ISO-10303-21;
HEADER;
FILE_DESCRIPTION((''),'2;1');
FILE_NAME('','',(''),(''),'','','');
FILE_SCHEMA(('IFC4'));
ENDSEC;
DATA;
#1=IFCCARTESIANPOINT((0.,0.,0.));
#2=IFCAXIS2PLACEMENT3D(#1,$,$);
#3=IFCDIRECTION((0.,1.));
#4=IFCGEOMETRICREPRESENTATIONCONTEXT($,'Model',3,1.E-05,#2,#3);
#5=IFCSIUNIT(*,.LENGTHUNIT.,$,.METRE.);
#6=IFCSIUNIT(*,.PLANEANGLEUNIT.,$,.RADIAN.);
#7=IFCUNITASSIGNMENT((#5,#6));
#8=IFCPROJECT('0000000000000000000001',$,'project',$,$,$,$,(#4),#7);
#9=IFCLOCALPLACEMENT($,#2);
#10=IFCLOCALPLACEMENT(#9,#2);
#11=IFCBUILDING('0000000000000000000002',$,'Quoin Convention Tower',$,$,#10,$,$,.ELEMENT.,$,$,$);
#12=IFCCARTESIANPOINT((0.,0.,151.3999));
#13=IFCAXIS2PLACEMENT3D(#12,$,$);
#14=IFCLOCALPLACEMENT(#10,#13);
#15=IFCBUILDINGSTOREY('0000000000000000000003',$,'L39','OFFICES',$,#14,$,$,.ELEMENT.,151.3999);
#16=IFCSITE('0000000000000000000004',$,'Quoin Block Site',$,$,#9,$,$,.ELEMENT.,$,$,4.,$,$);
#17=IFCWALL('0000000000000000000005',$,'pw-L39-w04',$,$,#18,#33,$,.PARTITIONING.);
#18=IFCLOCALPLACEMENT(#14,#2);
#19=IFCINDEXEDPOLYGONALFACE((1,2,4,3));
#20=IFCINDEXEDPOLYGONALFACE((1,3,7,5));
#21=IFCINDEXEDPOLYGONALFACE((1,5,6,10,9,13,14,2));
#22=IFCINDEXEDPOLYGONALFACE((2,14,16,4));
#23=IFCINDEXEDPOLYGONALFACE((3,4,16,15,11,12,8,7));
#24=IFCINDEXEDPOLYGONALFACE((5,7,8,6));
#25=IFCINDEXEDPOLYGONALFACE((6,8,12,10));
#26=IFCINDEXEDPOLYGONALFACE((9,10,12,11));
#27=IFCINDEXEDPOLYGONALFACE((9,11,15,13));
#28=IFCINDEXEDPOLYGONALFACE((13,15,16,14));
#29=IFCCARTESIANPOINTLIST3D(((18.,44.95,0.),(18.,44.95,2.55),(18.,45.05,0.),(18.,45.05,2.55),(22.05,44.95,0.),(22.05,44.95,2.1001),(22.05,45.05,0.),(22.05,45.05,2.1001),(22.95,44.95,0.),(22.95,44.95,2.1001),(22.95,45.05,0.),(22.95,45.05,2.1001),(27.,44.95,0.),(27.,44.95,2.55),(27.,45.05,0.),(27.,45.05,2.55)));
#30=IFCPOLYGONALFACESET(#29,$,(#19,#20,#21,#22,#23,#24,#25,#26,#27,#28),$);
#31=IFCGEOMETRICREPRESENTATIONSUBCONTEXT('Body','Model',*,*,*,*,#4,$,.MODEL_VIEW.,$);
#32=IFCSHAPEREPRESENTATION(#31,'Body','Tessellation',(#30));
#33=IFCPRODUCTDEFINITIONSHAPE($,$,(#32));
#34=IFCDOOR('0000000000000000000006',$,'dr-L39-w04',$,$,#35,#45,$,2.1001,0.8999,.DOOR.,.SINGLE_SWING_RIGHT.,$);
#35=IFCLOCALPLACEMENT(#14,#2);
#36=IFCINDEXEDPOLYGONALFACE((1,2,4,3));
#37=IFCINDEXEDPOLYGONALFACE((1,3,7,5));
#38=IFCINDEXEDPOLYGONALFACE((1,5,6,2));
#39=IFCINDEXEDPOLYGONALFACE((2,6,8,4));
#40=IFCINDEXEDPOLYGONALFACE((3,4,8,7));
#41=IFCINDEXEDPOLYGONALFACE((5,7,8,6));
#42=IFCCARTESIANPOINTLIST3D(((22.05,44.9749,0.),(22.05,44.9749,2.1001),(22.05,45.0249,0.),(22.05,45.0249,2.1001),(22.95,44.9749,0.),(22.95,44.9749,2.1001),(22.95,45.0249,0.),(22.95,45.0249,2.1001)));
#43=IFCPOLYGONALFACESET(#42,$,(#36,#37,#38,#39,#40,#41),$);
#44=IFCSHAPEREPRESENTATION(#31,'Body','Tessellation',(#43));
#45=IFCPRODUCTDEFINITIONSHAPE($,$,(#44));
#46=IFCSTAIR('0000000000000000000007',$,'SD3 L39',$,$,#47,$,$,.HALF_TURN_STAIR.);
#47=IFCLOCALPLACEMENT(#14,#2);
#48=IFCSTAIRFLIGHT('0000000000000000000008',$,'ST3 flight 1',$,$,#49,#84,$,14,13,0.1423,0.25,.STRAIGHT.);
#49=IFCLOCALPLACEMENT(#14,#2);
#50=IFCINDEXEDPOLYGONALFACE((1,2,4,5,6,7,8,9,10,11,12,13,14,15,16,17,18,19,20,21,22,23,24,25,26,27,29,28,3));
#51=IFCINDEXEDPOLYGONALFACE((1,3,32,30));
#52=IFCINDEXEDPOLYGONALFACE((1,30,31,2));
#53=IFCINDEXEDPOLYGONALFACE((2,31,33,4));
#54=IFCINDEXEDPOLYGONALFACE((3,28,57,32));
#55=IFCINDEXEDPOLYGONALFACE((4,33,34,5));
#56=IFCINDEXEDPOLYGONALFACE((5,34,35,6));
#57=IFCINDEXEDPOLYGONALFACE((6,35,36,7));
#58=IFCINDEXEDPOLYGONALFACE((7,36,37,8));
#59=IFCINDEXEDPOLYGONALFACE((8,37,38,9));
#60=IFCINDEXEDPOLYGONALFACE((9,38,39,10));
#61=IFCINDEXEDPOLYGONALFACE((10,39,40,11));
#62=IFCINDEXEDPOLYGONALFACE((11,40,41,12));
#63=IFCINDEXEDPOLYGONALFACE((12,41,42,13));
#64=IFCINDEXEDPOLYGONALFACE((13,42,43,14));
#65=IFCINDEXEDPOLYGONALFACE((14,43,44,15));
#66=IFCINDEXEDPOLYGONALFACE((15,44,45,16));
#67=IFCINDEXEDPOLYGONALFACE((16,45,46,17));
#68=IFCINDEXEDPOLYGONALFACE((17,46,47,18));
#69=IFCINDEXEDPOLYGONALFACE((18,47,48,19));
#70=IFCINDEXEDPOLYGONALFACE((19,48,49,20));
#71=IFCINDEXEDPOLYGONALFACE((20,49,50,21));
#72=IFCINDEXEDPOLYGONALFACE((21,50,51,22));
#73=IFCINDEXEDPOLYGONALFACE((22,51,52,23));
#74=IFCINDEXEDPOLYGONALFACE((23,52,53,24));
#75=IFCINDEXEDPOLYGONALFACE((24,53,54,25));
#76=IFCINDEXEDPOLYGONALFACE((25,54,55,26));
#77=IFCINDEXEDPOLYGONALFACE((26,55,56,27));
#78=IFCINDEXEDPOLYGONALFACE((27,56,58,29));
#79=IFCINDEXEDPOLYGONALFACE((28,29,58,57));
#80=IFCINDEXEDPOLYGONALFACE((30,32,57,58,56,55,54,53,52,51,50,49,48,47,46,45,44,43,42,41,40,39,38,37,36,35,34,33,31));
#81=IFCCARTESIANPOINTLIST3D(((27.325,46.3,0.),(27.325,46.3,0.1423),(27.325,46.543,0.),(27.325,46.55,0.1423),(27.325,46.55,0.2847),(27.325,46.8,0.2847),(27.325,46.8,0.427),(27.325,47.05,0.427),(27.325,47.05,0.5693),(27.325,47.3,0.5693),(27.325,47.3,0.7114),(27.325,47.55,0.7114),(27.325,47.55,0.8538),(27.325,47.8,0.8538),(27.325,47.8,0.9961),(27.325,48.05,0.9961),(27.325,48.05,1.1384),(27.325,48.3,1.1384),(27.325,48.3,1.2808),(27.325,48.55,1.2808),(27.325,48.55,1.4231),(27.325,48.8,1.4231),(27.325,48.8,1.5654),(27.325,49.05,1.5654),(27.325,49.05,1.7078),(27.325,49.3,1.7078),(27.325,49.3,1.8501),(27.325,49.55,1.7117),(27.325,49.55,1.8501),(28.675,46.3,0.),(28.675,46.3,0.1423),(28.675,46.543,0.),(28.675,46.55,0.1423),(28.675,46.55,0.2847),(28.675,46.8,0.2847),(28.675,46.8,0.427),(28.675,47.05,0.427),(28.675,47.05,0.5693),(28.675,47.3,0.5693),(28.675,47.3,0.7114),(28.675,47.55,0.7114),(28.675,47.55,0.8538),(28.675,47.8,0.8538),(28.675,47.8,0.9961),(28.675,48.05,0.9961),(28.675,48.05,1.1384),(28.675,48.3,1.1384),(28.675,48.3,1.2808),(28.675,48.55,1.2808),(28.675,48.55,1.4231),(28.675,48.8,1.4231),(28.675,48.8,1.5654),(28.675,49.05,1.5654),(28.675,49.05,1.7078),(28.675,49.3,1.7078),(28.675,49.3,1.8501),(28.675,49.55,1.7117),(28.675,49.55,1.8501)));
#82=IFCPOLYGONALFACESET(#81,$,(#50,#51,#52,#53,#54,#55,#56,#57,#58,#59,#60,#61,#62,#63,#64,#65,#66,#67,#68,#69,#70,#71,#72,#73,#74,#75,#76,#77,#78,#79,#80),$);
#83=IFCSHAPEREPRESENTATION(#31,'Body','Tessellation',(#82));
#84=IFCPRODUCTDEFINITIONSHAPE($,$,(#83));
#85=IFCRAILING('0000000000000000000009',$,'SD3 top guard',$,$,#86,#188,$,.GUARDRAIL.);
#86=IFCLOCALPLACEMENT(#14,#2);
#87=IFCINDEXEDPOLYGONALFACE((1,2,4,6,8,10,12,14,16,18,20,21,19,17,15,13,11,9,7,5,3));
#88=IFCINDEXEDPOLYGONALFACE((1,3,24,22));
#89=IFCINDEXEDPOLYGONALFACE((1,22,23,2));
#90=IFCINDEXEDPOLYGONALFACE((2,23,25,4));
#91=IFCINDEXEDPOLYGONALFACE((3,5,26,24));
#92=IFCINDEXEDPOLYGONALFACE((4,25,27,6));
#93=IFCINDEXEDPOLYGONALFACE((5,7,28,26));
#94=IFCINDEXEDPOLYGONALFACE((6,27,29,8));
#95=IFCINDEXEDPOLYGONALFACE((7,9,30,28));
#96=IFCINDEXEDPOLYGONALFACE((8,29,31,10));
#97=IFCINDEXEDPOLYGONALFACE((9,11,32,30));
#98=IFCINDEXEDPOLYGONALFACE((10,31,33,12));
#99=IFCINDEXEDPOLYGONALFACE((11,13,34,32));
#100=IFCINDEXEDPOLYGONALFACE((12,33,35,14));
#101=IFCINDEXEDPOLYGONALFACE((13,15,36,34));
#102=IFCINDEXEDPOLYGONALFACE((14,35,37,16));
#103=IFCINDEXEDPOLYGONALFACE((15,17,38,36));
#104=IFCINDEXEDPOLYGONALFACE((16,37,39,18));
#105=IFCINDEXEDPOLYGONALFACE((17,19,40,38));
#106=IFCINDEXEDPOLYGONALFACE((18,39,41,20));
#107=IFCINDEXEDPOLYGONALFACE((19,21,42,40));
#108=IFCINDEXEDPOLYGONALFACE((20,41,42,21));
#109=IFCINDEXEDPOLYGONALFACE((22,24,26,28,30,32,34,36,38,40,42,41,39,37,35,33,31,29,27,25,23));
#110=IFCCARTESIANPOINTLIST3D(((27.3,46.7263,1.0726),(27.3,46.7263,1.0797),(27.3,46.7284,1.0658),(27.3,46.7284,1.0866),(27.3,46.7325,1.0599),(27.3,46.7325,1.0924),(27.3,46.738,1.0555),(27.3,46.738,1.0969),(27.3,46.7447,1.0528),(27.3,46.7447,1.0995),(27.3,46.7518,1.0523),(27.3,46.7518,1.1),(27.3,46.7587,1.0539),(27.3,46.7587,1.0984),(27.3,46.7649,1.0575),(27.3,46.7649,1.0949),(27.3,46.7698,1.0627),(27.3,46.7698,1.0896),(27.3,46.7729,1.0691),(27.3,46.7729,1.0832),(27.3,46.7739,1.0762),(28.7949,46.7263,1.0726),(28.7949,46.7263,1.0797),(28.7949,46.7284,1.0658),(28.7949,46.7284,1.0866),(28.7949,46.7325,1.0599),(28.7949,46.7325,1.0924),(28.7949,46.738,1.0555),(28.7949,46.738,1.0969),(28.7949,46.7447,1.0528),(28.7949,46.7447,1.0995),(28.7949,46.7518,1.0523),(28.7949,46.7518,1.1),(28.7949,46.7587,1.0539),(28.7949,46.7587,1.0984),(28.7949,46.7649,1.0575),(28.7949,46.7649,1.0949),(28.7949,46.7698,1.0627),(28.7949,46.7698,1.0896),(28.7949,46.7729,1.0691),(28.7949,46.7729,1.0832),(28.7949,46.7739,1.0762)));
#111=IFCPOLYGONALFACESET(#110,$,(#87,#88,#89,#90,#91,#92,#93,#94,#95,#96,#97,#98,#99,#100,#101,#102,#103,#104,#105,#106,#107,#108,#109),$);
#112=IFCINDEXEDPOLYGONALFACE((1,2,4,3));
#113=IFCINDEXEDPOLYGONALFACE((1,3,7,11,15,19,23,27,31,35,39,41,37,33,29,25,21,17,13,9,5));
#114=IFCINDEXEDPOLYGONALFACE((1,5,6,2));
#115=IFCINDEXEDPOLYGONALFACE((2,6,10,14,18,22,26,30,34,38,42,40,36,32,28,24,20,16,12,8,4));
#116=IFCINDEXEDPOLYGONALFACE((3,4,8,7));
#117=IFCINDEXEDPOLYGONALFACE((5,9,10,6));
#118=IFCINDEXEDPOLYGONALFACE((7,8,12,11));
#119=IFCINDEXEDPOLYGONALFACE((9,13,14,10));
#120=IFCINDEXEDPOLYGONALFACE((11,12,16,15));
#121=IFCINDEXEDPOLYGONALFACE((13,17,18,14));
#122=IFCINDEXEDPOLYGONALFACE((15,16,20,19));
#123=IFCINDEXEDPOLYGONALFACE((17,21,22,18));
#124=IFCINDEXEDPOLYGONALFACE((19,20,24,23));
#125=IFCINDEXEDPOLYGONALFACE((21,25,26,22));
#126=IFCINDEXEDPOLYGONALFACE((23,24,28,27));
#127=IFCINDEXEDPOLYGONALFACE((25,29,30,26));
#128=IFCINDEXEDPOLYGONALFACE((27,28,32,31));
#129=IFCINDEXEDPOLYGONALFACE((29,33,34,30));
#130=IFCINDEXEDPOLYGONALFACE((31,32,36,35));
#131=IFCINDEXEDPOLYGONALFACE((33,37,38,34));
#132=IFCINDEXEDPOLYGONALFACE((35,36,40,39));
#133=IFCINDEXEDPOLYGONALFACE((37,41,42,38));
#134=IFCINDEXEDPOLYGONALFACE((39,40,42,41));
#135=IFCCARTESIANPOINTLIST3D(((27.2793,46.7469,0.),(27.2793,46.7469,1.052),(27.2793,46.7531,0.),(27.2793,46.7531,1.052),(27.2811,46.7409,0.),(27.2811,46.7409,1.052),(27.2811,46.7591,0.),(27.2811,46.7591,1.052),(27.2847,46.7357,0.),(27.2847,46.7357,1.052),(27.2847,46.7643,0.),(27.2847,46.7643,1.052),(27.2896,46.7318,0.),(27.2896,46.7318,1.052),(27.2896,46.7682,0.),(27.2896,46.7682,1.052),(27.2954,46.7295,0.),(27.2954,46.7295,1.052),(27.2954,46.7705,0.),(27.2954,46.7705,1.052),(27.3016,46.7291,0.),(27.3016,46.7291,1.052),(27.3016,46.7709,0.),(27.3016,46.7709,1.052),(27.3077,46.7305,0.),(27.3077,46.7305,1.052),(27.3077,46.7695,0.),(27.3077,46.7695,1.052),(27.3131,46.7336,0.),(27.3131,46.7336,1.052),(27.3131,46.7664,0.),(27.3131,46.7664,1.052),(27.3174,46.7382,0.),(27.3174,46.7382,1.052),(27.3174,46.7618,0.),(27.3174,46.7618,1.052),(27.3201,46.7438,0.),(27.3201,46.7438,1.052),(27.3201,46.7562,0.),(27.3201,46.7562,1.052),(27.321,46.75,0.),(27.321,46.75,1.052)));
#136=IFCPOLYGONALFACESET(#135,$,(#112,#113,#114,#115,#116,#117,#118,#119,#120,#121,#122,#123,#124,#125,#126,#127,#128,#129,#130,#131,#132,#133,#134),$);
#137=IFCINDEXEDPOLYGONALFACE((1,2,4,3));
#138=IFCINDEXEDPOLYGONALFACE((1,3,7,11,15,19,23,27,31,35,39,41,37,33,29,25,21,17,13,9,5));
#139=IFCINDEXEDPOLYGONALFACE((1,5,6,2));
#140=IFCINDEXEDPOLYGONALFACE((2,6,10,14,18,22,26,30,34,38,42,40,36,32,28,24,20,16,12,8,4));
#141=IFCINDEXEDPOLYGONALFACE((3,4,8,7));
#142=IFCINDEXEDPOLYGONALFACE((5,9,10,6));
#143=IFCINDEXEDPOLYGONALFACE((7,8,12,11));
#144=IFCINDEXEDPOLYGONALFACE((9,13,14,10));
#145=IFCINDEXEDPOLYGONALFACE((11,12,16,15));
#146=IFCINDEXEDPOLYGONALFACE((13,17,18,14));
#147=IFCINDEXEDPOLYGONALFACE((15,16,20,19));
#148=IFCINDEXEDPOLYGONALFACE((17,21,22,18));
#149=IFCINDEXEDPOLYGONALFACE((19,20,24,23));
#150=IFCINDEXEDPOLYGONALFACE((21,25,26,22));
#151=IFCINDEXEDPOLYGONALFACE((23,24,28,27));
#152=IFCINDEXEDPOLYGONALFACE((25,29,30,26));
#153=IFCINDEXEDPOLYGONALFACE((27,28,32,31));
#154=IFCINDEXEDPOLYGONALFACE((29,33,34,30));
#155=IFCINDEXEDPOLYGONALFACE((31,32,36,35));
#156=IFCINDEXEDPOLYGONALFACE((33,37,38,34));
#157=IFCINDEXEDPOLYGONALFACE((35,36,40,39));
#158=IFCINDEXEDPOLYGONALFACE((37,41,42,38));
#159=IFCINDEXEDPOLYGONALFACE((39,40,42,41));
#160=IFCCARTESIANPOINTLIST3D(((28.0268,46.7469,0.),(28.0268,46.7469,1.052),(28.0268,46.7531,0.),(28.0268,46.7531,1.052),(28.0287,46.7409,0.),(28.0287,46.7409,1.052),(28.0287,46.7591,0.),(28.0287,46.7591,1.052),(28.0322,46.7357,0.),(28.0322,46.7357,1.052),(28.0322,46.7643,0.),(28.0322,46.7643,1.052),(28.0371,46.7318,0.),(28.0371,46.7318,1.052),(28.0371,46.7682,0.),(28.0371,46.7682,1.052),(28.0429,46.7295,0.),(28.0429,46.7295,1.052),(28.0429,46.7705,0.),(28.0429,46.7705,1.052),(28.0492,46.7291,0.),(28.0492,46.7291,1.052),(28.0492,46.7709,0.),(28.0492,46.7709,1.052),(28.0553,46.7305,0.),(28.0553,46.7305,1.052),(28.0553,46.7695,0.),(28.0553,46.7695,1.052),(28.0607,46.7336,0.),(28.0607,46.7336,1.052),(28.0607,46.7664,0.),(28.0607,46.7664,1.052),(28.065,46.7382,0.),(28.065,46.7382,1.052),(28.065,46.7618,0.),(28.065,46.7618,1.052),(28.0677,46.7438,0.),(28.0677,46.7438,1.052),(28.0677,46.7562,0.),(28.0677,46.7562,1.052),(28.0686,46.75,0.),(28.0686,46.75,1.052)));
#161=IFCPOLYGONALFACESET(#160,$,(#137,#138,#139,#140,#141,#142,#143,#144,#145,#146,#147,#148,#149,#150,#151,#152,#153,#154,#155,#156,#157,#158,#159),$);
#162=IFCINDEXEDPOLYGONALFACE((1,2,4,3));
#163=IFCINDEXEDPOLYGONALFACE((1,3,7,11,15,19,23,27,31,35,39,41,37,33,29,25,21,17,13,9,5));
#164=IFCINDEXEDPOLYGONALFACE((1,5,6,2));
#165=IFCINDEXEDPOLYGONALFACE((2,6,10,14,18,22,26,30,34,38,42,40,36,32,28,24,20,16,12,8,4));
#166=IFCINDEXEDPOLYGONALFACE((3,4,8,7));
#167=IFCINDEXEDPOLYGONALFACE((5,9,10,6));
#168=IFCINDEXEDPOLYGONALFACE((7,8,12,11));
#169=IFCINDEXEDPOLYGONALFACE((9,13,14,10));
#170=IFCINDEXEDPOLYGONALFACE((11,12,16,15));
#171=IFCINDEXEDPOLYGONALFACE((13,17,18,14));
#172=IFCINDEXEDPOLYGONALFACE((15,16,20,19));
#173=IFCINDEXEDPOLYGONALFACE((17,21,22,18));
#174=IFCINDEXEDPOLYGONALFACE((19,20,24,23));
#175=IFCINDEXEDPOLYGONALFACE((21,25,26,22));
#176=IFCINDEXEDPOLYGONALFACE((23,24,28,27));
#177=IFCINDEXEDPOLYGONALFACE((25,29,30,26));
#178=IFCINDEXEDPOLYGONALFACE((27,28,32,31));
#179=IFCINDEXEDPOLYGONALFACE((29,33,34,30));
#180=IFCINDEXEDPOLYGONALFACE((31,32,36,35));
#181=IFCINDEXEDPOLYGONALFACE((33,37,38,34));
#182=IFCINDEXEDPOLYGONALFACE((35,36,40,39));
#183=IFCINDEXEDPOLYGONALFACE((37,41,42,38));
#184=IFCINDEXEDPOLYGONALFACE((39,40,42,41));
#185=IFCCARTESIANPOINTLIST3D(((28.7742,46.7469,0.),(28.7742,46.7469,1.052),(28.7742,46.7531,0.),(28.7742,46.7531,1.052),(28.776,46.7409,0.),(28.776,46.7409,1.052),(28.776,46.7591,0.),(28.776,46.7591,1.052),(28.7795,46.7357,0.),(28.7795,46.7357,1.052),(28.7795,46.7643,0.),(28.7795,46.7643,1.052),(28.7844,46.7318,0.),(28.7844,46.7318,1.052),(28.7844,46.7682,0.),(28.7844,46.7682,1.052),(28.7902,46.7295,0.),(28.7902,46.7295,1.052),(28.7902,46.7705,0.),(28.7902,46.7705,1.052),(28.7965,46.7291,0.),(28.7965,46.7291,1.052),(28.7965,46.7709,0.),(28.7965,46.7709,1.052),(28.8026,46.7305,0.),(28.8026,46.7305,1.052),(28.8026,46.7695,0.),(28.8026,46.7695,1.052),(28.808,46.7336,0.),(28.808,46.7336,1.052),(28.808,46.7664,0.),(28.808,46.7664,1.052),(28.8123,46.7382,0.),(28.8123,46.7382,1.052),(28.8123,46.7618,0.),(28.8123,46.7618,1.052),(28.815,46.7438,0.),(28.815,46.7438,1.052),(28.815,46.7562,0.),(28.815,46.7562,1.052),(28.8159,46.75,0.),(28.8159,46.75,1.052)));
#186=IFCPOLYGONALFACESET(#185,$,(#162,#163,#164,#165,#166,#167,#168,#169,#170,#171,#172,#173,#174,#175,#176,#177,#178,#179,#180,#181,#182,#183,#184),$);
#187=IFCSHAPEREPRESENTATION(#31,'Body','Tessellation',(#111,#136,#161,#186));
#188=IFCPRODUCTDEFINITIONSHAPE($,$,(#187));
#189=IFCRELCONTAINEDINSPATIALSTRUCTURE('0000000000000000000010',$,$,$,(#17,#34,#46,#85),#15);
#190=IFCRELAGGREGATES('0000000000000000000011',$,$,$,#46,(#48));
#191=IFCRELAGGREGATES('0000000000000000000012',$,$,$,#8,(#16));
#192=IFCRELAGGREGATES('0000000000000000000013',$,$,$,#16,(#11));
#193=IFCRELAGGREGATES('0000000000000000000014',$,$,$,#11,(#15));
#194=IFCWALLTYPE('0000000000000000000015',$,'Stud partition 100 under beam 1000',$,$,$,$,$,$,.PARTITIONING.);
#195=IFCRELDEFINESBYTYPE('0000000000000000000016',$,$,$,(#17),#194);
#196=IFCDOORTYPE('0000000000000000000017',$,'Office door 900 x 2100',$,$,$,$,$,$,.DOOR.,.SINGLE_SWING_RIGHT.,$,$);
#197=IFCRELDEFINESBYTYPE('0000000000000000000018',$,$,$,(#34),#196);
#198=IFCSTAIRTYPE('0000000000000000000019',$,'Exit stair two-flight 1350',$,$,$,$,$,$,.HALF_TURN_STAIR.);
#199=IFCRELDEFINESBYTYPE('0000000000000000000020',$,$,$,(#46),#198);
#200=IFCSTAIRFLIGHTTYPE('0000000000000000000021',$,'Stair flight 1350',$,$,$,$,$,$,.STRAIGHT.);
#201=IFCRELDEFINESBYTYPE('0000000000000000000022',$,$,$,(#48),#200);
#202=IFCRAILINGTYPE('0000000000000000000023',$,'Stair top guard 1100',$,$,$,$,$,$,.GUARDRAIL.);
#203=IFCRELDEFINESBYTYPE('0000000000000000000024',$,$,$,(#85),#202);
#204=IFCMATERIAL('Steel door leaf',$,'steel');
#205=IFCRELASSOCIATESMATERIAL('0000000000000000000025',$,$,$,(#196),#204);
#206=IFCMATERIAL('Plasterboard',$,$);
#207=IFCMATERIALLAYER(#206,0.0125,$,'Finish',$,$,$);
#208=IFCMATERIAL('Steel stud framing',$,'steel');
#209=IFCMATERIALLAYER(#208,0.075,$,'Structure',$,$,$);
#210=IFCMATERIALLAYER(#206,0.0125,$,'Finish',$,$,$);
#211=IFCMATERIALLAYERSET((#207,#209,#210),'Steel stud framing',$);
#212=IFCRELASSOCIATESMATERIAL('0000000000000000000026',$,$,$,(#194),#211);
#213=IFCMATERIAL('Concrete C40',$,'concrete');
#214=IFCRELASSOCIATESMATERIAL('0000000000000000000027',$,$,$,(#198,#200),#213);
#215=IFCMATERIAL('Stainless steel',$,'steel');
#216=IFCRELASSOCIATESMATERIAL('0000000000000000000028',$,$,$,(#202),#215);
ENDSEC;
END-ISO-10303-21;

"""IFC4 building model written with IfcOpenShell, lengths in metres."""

from ifc_helpers import new_model, si_unit, direction, frame, frame_2d, origin, origin_2d, place, context, subcontext, project, spatial, polyline, rectangle, circle, outline, extrude, material, layer, layer_set, type_object, element, fill, aggregate, save


model = new_model("IFC4")

# Units and contexts
model_context = context("Model", 3, precision=1e-05, world=origin(), true_north=direction((0.0, 1.0)))
body_context = subcontext(model_context, "Body", "Model", "MODEL_VIEW")
ifc_project = project(units=[si_unit("LENGTHUNIT", "METRE"), si_unit("PLANEANGLEUNIT", "RADIAN")], contexts=[model_context])

# Site, building, storey
site_placement = place(None, origin())
site = spatial("IfcSite", under=ifc_project, at=site_placement, Name="Quoin Block Site", CompositionType="ELEMENT", RefElevation=4.0)
building_placement = place(site_placement, origin())
building = spatial("IfcBuilding", under=site, at=building_placement, Name="Quoin Convention Tower", CompositionType="ELEMENT")
storey_placement = place(building_placement, frame((0.0, 0.0, 151.3999)))
storey = spatial("IfcBuildingStorey", under=building, at=storey_placement, Name="L39", Description="OFFICES", CompositionType="ELEMENT", Elevation=151.3999)

# Shared definitions
ifc_material_1 = material(Name="Plasterboard")
ifc_material_2 = material(Name="Steel stud framing", Category="steel")
ifc_material_3 = material(Name="Steel door leaf", Category="steel")
door_type_1 = type_object("IfcDoorType", Name="Office door 900 x 2100", OperationType="SINGLE_SWING_RIGHT", PredefinedType="DOOR", material=ifc_material_3)

# Wall, opening, door
ifc_layer_1 = layer(ifc_material_1, 0.0125, Name="Finish")
ifc_layer_2 = layer(ifc_material_2, 0.075, Name="Structure")
ifc_layer_3 = layer(ifc_material_1, 0.0125, Name="Finish")
ifc_layer_set_1 = layer_set([ifc_layer_1, ifc_layer_2, ifc_layer_3], Name="Steel stud framing")
wall_type_1 = type_object("IfcWallType", Name="Stud partition 100 under beam 1000", PredefinedType="PARTITIONING", material=ifc_layer_set_1)
wall_1_placement = place(storey_placement, frame((18.0, 45.0, 0.0), z_axis=(0.0, 0.0, 1.0), x_axis=(1.0, 0.0, 0.0)))
wall_1 = element("IfcWall", 1, at=wall_1_placement, inside=storey, type_object=wall_type_1, Name="pw-L39-w04", PredefinedType="PARTITIONING", context=body_context, shape_type="SweptSolid", body=[
    extrude(rectangle(XDim=9.0, YDim=0.1001, at=frame_2d((4.5, 0.0))), origin(), (0.0, 0.0, 1.0), 2.55),
])
opening_1_placement = place(wall_1_placement, frame((4.05, 0.0, 0.0)))
opening_1 = element("IfcOpeningElement", 2, at=opening_1_placement, cuts=wall_1, PredefinedType="OPENING", context=body_context, shape_type="SweptSolid", body=[
    extrude(rectangle(XDim=0.8999, YDim=2.1001, at=frame_2d((0.45, 1.05))), frame((0.0, 0.0601, 0.0), z_axis=(0.0, -1.0, 0.0), x_axis=(1.0, 0.0, 0.0)), (0.0, 0.0, 1.0), 0.1201),
])
door_1_placement = place(opening_1_placement, origin())
door_1 = element("IfcDoor", 3, at=door_1_placement, inside=storey, type_object=door_type_1, Name="dr-L39-w04", OperationType="SINGLE_SWING_RIGHT", OverallHeight=2.1001, OverallWidth=0.8999, PredefinedType="DOOR", context=body_context, shape_type="SweptSolid", body=[
    extrude(rectangle(XDim=0.8999, YDim=2.1001, at=frame_2d((0.45, 1.05))), frame((0.0, 0.0249, 0.0), z_axis=(0.0, -1.0, 0.0), x_axis=(1.0, 0.0, 0.0)), (0.0, 0.0, 1.0), 0.05),
])
fill(opening_1, door_1)

# Stair, stair flight
ifc_material_4 = material(Name="Concrete C40", Category="concrete")
stair_type = type_object("IfcStairType", Name="Exit stair two-flight 1350", PredefinedType="HALF_TURN_STAIR", material=ifc_material_4)
stair_placement = place(storey_placement, origin())
stair = element("IfcStair", 4, at=stair_placement, inside=storey, type_object=stair_type, Name="SD3 L39", PredefinedType="HALF_TURN_STAIR")
stair_flight_type = type_object("IfcStairFlightType", Name="Stair flight 1350", PredefinedType="STRAIGHT", material=ifc_material_4)
stair_flight_placement = place(storey_placement, frame((28.0, 46.3, 0.0), z_axis=(0.0, 0.0, 1.0), x_axis=(0.0, 1.0, 0.0)))
stair_flight = element("IfcStairFlight", 5, at=stair_flight_placement, type_object=stair_flight_type, Name="ST3 flight 1", NumberOfRisers=14, NumberOfTreads=13, PredefinedType="STRAIGHT", RiserHeight=0.1423, TreadLength=0.25, context=body_context, shape_type="SweptSolid", body=[
    extrude(outline(polyline([(0.0, 0.0), (0.0, 0.1423), (0.25, 0.1423), (0.25, 0.2847), (0.5, 0.2847), (0.5, 0.427), (0.75, 0.427), (0.75, 0.5693), (1.0, 0.5693), (1.0, 0.7114), (1.25, 0.7114), (1.25, 0.8538), (1.5, 0.8538), (1.5, 0.9961), (1.75, 0.9961), (1.75, 1.1384), (2.0, 1.1384), (2.0, 1.2808), (2.25, 1.2808), (2.25, 1.4231), (2.5, 1.4231), (2.5, 1.5654), (2.75, 1.5654), (2.75, 1.7078), (3.0, 1.7078), (3.0, 1.8501), (3.25, 1.8501), (3.25, 1.9922), (3.25, 1.7117), (0.2429, 0.0), (0.0, 0.0)])), frame((0.0, 0.675, 0.0), z_axis=(0.0, -1.0, 0.0), x_axis=(1.0, 0.0, 0.0)), (0.0, 0.0, 1.0), 1.3501),
])
aggregate(stair, [stair_flight])

# Railing
ifc_material_5 = material(Name="Stainless steel", Category="steel")
railing_type_1 = type_object("IfcRailingType", Name="Stair top guard 1100", PredefinedType="GUARDRAIL", material=ifc_material_5)
railing_1_placement = place(storey_placement, frame((27.3, 46.75, 0.0)))
element("IfcRailing", 6, at=railing_1_placement, inside=storey, type_object=railing_type_1, Name="SD3 top guard", PredefinedType="GUARDRAIL", context=body_context, shape_type="SweptSolid", body=[
    extrude(circle(Radius=0.0239, at=origin_2d()), frame((0.0, 0.0, 1.0762), z_axis=(1.0, 0.0, 0.0), x_axis=(0.0, 1.0, 0.0)), (0.0, 0.0, 1.0), 1.4949),
    extrude(circle(Radius=0.021, at=origin_2d()), origin(), (0.0, 0.0, 1.0), 1.052),
    extrude(circle(Radius=0.021, at=origin_2d()), frame((0.7476, 0.0, 0.0)), (0.0, 0.0, 1.0), 1.052),
    extrude(circle(Radius=0.021, at=origin_2d()), frame((1.4949, 0.0, 0.0)), (0.0, 0.0, 1.0), 1.052),
])

save(model, "model.ifc")
